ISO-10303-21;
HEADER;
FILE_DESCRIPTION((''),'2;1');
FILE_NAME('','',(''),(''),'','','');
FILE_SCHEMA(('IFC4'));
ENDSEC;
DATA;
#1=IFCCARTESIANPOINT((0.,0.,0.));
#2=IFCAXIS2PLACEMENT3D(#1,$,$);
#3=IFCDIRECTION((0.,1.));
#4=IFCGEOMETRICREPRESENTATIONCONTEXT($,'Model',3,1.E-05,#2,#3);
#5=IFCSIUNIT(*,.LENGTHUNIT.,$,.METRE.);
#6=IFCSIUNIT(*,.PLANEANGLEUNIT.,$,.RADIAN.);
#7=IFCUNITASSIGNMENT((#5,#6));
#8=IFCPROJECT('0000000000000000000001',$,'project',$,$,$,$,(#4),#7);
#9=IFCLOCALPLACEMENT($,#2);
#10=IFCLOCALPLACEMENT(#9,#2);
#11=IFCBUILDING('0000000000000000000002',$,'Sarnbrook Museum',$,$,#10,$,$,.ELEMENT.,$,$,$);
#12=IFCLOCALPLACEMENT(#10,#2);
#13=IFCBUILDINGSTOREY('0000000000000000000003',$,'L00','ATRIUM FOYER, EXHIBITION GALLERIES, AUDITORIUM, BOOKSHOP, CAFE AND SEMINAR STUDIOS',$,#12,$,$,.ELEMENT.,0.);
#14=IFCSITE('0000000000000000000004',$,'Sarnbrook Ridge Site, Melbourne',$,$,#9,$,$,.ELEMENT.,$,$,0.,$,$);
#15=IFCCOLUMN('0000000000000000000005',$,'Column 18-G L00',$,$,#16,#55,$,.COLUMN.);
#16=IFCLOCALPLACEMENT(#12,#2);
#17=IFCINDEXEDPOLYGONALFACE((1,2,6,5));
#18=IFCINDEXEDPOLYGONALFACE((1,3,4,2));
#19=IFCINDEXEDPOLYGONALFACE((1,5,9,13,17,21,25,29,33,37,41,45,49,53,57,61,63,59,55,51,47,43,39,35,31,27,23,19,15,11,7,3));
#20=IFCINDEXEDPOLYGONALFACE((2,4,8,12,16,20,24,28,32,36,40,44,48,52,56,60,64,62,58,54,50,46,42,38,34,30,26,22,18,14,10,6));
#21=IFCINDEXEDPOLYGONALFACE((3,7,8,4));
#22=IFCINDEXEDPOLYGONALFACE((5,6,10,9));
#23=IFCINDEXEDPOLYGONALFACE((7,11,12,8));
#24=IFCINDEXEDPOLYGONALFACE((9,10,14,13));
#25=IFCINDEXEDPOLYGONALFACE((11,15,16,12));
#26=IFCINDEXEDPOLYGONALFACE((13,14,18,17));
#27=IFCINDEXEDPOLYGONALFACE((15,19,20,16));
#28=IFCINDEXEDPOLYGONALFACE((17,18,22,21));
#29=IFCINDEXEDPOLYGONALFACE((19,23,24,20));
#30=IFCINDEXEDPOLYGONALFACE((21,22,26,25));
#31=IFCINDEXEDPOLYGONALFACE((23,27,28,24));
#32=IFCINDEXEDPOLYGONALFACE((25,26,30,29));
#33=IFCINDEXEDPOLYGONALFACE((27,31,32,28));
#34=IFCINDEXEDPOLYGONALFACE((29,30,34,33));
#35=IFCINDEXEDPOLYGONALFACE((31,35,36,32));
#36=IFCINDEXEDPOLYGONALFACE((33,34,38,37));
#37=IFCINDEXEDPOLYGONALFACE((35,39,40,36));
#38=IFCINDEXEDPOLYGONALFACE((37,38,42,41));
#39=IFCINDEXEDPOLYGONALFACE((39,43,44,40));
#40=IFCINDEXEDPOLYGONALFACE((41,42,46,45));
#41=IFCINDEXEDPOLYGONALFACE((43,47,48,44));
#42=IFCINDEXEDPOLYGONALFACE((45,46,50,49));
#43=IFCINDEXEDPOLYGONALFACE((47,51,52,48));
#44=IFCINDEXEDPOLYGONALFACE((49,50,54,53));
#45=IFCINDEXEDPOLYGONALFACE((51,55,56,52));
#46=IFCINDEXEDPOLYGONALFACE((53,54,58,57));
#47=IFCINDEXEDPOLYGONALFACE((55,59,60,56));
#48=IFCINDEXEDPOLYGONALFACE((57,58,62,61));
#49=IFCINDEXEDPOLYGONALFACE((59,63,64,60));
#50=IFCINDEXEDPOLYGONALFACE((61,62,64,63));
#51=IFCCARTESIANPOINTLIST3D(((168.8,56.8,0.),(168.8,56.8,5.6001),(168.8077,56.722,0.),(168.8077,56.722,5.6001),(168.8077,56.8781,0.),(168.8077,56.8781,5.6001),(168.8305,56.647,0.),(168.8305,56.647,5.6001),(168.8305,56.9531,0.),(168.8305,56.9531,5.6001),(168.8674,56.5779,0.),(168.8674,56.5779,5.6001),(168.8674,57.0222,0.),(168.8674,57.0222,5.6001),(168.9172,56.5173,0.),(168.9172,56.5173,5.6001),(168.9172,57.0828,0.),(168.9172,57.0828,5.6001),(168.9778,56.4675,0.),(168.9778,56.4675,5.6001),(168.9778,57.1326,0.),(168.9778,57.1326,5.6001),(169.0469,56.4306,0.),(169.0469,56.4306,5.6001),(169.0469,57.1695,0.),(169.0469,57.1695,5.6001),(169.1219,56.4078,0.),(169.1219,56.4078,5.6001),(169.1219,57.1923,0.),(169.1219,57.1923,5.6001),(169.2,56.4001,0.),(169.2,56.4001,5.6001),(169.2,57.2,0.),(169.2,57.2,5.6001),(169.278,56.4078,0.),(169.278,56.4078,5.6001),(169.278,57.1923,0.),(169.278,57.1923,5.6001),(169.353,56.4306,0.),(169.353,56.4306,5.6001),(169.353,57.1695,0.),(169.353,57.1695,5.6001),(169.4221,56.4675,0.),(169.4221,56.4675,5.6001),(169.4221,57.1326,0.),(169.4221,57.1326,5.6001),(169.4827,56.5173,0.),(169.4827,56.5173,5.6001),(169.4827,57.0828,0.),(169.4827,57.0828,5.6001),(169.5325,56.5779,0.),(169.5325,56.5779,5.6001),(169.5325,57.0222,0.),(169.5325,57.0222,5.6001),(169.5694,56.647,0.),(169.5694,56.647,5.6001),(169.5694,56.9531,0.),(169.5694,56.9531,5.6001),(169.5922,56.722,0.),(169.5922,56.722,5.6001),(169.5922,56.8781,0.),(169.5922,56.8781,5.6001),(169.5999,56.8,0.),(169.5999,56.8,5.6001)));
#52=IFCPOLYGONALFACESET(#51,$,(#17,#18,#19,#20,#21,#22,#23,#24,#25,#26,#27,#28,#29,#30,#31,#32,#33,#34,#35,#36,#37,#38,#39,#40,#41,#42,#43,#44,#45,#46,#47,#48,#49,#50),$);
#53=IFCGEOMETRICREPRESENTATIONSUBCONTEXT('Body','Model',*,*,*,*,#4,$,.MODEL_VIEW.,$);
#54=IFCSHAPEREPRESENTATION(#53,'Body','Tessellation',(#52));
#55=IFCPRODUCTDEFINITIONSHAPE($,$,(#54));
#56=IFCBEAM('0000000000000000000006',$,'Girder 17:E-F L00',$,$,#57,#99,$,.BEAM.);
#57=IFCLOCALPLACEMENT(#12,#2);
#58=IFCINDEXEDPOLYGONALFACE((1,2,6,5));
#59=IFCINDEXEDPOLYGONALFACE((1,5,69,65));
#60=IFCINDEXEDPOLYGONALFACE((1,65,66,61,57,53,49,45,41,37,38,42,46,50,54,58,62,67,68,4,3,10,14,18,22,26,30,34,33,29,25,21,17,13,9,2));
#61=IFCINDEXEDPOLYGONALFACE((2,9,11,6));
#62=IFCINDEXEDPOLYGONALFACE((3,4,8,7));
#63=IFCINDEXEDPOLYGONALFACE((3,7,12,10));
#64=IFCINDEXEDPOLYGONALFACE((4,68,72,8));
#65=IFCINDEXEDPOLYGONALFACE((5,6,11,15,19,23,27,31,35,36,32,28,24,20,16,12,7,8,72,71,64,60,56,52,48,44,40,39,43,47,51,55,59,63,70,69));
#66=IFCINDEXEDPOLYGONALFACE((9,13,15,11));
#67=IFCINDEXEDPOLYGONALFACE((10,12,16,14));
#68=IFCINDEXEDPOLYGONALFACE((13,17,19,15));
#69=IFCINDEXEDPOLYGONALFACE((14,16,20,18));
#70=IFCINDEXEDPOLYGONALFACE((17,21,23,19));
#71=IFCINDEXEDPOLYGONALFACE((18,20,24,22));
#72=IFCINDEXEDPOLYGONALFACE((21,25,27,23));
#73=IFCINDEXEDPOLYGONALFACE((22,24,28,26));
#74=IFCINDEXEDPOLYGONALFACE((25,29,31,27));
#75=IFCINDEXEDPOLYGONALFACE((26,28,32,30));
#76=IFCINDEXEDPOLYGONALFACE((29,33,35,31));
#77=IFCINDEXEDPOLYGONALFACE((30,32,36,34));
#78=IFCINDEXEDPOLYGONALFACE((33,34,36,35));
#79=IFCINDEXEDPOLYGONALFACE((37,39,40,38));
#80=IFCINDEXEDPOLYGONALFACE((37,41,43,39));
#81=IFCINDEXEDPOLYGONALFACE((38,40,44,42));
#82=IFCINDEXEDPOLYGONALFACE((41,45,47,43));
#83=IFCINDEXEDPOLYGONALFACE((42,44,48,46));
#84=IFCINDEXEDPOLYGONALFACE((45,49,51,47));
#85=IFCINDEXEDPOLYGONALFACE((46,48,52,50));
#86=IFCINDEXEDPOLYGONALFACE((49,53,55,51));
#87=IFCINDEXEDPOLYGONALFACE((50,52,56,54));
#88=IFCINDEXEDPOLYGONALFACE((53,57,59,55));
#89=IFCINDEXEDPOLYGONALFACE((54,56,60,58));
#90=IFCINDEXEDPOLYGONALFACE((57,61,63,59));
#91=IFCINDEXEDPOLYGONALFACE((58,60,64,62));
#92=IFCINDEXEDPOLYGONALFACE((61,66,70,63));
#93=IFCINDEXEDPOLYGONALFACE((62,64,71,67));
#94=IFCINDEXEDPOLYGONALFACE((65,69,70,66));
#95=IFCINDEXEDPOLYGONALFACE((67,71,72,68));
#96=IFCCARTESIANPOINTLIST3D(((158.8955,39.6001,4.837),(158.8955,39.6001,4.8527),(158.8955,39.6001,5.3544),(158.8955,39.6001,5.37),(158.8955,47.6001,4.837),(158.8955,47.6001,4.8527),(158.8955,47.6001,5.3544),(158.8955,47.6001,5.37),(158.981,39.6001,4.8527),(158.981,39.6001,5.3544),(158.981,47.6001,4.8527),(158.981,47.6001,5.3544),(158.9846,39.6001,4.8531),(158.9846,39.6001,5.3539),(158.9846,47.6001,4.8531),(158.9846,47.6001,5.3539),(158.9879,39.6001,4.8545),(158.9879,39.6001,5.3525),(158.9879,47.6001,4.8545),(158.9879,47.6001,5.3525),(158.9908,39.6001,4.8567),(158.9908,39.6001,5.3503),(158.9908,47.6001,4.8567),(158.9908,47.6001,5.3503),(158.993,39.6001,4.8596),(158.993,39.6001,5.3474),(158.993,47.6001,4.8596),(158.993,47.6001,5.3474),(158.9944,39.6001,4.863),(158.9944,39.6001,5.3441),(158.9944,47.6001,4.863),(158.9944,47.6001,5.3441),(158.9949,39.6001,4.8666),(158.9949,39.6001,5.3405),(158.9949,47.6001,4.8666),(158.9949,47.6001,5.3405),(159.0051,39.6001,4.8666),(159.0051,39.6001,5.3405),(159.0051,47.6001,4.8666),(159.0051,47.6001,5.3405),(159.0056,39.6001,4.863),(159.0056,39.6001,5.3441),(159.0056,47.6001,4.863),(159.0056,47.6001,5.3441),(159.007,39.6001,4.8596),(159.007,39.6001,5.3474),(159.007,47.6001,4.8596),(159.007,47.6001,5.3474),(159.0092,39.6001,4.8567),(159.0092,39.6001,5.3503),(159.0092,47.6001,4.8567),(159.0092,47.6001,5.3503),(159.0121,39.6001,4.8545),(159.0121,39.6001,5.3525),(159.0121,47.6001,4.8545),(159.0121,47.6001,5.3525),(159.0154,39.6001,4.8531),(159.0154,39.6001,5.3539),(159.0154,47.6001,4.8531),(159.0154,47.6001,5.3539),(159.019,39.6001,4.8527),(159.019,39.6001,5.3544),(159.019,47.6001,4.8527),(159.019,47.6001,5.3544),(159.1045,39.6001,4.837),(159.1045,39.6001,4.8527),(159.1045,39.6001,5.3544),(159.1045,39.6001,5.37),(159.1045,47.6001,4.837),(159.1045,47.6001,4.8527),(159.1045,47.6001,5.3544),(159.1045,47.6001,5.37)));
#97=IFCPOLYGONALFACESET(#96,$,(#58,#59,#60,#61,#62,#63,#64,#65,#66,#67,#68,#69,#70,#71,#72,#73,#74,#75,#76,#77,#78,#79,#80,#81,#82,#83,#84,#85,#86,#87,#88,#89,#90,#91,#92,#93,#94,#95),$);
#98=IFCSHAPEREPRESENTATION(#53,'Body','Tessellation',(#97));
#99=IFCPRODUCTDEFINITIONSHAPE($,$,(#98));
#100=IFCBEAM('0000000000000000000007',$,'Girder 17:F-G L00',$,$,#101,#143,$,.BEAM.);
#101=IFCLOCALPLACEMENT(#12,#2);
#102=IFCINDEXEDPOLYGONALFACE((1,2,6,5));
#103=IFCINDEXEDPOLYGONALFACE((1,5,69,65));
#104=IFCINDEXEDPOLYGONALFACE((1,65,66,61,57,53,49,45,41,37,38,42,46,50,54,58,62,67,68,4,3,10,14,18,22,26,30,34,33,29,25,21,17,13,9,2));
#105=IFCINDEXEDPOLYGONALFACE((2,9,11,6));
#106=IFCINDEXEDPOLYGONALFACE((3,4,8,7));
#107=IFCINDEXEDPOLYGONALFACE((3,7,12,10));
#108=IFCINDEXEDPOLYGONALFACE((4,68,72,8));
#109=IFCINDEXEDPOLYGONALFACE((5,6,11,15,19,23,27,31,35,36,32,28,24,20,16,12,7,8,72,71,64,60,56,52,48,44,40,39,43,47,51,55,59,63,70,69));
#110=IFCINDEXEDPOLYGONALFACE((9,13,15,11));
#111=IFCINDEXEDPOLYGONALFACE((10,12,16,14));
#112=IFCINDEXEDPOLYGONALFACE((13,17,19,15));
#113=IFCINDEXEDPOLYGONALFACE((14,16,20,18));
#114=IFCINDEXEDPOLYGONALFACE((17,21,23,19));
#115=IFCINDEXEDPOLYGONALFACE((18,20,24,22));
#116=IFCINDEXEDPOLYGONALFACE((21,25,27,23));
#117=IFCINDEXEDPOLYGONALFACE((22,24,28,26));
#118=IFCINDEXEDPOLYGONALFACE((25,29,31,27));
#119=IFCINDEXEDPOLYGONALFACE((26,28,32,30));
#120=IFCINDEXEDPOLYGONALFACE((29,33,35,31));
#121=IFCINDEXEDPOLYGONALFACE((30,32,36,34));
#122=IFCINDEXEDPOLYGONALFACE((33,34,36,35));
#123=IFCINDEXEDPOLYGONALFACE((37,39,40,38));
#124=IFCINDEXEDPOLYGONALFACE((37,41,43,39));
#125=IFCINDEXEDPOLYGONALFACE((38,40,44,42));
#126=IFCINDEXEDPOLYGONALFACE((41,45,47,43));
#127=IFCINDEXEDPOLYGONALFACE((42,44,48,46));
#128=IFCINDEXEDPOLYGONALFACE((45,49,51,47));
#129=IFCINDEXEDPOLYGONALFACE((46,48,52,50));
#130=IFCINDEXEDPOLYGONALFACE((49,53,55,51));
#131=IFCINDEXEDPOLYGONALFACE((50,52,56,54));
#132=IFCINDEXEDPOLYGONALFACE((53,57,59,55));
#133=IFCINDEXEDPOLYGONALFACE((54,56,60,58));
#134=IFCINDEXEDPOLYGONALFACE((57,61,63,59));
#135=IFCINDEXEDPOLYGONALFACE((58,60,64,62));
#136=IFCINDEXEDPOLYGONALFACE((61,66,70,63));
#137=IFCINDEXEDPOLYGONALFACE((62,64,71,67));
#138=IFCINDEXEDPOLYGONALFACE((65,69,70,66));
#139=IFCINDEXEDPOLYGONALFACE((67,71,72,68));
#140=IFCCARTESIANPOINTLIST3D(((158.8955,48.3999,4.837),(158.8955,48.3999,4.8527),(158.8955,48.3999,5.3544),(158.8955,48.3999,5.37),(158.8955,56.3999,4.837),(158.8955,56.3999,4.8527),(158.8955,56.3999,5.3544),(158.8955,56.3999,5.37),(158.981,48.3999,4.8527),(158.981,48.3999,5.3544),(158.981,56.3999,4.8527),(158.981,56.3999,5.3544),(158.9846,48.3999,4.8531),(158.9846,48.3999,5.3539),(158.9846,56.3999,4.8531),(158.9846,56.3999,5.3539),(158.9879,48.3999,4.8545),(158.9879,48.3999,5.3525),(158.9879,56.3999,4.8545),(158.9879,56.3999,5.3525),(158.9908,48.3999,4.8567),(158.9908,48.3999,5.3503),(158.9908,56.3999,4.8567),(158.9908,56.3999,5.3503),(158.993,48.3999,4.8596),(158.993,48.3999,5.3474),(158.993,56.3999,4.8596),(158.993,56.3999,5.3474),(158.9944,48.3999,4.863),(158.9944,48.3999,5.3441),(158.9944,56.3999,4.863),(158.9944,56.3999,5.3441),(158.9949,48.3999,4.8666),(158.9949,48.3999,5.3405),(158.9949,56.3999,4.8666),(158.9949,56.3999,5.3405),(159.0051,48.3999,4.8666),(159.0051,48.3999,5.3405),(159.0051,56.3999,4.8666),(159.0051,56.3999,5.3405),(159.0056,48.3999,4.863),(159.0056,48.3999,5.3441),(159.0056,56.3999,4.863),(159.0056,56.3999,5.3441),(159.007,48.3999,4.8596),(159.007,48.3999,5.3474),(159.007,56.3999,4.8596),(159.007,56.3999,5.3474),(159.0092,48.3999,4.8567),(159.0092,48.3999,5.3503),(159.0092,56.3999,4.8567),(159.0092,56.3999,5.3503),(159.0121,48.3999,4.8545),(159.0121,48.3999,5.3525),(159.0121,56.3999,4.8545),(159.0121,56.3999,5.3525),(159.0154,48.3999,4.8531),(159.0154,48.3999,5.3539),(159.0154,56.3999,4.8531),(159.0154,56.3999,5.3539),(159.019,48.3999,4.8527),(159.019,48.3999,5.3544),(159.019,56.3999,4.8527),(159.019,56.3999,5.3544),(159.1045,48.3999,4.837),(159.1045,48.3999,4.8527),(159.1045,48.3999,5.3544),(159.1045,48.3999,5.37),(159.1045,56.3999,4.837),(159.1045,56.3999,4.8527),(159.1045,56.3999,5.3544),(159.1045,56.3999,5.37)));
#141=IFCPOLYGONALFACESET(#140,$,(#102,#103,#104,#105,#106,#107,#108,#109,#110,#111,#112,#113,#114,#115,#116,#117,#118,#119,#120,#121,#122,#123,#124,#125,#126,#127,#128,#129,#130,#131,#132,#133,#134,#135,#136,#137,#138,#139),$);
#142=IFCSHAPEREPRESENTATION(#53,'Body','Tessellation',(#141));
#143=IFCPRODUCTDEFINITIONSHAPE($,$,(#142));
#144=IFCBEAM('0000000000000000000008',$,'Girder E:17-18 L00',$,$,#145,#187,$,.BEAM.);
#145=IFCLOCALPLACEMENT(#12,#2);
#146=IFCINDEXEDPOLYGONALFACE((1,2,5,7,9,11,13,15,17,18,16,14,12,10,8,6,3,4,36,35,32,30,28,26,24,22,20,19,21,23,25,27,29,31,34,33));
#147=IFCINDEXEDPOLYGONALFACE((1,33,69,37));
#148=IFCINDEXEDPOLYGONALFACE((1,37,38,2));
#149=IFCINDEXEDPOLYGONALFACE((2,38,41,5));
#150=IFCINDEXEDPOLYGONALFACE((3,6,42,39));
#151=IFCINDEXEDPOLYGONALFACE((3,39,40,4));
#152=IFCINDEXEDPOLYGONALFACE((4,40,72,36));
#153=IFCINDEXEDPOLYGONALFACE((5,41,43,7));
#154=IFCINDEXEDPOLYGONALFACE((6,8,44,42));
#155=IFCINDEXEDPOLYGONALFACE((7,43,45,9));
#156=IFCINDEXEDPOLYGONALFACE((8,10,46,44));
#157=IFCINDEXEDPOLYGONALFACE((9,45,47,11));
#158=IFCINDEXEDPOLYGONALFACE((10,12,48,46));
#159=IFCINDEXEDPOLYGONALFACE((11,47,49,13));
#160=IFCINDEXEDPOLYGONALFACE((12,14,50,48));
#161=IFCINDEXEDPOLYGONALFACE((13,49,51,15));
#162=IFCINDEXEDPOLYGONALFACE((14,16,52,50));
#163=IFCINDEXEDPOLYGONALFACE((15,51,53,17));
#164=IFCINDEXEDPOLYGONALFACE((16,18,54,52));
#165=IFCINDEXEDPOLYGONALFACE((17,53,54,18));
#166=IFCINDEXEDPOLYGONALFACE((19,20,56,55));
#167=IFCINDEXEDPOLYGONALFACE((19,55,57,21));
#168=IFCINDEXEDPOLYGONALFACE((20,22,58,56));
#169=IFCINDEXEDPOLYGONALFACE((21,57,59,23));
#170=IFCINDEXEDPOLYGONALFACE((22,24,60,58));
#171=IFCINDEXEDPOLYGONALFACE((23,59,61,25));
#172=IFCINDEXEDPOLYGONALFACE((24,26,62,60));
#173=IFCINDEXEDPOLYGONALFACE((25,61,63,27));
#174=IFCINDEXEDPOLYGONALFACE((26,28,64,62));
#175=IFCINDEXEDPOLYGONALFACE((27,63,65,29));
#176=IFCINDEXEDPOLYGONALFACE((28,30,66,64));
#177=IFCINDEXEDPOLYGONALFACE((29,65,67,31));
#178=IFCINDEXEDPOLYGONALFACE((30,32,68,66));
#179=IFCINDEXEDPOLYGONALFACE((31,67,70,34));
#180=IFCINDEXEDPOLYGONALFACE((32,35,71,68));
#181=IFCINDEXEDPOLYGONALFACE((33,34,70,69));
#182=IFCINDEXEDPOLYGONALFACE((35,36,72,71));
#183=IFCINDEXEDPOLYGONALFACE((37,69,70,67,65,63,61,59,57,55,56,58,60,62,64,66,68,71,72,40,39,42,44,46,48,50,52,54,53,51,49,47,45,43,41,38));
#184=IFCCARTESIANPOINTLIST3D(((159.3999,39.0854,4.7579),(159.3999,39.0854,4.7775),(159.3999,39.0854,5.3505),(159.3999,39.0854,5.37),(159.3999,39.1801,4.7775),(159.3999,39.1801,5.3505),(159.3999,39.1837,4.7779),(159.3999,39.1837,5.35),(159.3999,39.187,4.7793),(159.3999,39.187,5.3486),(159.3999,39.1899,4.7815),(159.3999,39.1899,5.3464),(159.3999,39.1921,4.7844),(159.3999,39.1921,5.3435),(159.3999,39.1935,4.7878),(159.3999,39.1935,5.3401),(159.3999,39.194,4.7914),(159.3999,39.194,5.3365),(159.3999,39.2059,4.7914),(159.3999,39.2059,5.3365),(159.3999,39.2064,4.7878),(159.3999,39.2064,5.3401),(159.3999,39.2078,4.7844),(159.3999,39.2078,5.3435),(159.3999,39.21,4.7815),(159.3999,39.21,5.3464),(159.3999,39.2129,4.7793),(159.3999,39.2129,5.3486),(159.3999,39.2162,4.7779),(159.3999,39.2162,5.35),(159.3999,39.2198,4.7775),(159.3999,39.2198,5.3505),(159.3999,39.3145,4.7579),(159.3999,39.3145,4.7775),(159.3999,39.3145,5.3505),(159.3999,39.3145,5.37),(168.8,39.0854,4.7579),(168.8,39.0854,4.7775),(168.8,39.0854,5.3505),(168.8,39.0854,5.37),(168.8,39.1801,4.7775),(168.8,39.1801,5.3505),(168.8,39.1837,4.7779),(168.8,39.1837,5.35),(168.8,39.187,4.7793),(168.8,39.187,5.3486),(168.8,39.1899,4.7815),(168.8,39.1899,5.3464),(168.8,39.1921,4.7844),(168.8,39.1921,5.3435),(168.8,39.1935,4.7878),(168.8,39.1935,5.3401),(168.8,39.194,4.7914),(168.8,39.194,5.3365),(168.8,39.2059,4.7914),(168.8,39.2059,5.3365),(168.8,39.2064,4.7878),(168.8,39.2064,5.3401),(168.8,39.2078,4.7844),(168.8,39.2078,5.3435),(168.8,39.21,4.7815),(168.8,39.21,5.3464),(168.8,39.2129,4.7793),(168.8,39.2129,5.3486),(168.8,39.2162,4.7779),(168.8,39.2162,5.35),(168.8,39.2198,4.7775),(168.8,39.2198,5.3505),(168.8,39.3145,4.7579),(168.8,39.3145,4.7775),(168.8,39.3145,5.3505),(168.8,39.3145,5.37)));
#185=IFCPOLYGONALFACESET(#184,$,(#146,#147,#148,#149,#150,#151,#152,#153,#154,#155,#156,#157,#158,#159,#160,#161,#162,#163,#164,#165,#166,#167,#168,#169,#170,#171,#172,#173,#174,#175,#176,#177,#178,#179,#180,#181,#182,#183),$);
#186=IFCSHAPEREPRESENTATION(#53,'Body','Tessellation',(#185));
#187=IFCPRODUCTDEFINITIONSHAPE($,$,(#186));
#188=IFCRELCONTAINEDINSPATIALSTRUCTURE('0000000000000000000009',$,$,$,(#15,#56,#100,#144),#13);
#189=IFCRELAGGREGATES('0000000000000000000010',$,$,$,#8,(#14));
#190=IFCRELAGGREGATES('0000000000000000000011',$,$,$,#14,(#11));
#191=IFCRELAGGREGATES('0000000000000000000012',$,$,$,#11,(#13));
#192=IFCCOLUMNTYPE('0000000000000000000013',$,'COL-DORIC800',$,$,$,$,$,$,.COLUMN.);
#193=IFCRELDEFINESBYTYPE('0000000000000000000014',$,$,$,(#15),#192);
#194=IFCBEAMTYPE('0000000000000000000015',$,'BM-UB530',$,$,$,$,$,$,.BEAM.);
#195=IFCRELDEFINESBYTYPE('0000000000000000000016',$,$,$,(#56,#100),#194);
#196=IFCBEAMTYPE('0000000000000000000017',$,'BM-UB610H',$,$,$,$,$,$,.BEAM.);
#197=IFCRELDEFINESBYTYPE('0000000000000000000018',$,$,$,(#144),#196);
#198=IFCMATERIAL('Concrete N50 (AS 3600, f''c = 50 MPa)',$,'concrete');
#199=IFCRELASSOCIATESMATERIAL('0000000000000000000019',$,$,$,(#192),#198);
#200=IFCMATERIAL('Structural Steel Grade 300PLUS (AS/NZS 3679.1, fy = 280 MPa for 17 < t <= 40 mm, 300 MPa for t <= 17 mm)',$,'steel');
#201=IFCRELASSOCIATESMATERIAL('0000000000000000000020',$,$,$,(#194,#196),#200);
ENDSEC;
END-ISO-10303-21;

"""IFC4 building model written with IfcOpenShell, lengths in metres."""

from ifc_helpers import new_model, si_unit, direction, frame, origin, origin_2d, place, context, subcontext, project, spatial, circle, i_section, extrude, material, material_profile, profile_set, type_object, element, save


model = new_model("IFC4")

# Units and contexts
model_context = context("Model", 3, precision=1e-05, world=origin(), true_north=direction((0.0, 1.0)))
body_context = subcontext(model_context, "Body", "Model", "MODEL_VIEW")
ifc_project = project(units=[si_unit("LENGTHUNIT", "METRE"), si_unit("PLANEANGLEUNIT", "RADIAN")], contexts=[model_context])

# Site, building, storey
site_placement = place(None, origin())
site = spatial("IfcSite", under=ifc_project, at=site_placement, Name="Sarnbrook Ridge Site, Melbourne", CompositionType="ELEMENT", RefElevation=0.0)
building_placement = place(site_placement, origin())
building = spatial("IfcBuilding", under=site, at=building_placement, Name="Sarnbrook Museum", CompositionType="ELEMENT")
storey_placement = place(building_placement, origin())
storey = spatial("IfcBuildingStorey", under=building, at=storey_placement, Name="L00", Description="ATRIUM FOYER, EXHIBITION GALLERIES, AUDITORIUM, BOOKSHOP, CAFE AND SEMINAR STUDIOS", CompositionType="ELEMENT", Elevation=0.0)

# Column
ifc_material_1 = material(Name="Concrete N50 (AS 3600, f'c = 50 MPa)", Category="concrete")
ifc_material_profile_1 = material_profile(ifc_material_1, circle(Radius=0.3999, at=origin_2d()), Name="DORIC D800")
ifc_profile_set_1 = profile_set([ifc_material_profile_1], Name="Concrete N50 (AS 3600, f'c = 50 MPa)")
column_type = type_object("IfcColumnType", Name="COL-DORIC800", PredefinedType="COLUMN", material=ifc_profile_set_1)
for number, where, z_axis, x_axis, name in (
    (1, (169.2, 56.8, 0.0), (0.0, 0.0, 1.0), (1.0, 0.0, 0.0), "Column 18-G L00"),
):
    element("IfcColumn", number, at=place(storey_placement, frame(where, z_axis=z_axis, x_axis=x_axis)), inside=storey, type_object=column_type, Name=name, PredefinedType="COLUMN", context=body_context, shape_type="SweptSolid", body=[
        extrude(circle(Radius=0.3999, at=origin_2d()), origin(), (0.0, 0.0, 1.0), 5.6001),
    ])

# Beams
ifc_material_2 = material(Name="Structural Steel Grade 300PLUS (AS/NZS 3679.1, fy = 280 MPa for 17 < t <= 40 mm, 300 MPa for t <= 17 mm)", Category="steel")
ifc_material_profile_2 = material_profile(ifc_material_2, i_section(OverallWidth=0.209, OverallDepth=0.533, WebThickness=0.0103, FlangeThickness=0.0156, FilletRadius=0.0139, at=origin_2d()), Name="530UB92.4")
ifc_profile_set_2 = profile_set([ifc_material_profile_2], Name="Structural Steel Grade 300PLUS (AS/NZS 3679.1, fy = 280 MPa for 17 < t <= 40 mm, 300 MPa for t <= 17 mm)")
beam_type_1 = type_object("IfcBeamType", Name="BM-UB530", PredefinedType="BEAM", material=ifc_profile_set_2)
for number, where, z_axis, x_axis, name in (
    (2, (159.0, 39.6001, 5.1035), (0.0, 1.0, 0.0), (-1.0, 0.0, 0.0), "Girder 17:E-F L00"),
    (3, (159.0, 48.3999, 5.1035), (0.0, 1.0, 0.0), (-1.0, 0.0, 0.0), "Girder 17:F-G L00"),
):
    element("IfcBeam", number, at=place(storey_placement, frame(where, z_axis=z_axis, x_axis=x_axis)), inside=storey, type_object=beam_type_1, Name=name, PredefinedType="BEAM", context=body_context, shape_type="SweptSolid", body=[
        extrude(i_section(OverallWidth=0.209, OverallDepth=0.533, WebThickness=0.0103, FlangeThickness=0.0156, FilletRadius=0.0139, at=origin_2d()), origin(), (0.0, 0.0, 1.0), 8.0),
    ])
ifc_material_profile_3 = material_profile(ifc_material_2, i_section(OverallWidth=0.229, OverallDepth=0.6121, WebThickness=0.012, FlangeThickness=0.0195, FilletRadius=0.0139, at=origin_2d()), Name="610UB125")
ifc_profile_set_3 = profile_set([ifc_material_profile_3], Name="Structural Steel Grade 300PLUS (AS/NZS 3679.1, fy = 280 MPa for 17 < t <= 40 mm, 300 MPa for t <= 17 mm)")
beam_type_2 = type_object("IfcBeamType", Name="BM-UB610H", PredefinedType="BEAM", material=ifc_profile_set_3)
for number, where, z_axis, x_axis, name in (
    (4, (159.3999, 39.2, 5.064), (1.0, 0.0, 0.0), (0.0, 1.0, 0.0), "Girder E:17-18 L00"),
):
    element("IfcBeam", number, at=place(storey_placement, frame(where, z_axis=z_axis, x_axis=x_axis)), inside=storey, type_object=beam_type_2, Name=name, PredefinedType="BEAM", context=body_context, shape_type="SweptSolid", body=[
        extrude(i_section(OverallWidth=0.229, OverallDepth=0.6121, WebThickness=0.012, FlangeThickness=0.0195, FilletRadius=0.0139, at=origin_2d()), origin(), (0.0, 0.0, 1.0), 9.4001),
    ])

save(model, "model.ifc")
